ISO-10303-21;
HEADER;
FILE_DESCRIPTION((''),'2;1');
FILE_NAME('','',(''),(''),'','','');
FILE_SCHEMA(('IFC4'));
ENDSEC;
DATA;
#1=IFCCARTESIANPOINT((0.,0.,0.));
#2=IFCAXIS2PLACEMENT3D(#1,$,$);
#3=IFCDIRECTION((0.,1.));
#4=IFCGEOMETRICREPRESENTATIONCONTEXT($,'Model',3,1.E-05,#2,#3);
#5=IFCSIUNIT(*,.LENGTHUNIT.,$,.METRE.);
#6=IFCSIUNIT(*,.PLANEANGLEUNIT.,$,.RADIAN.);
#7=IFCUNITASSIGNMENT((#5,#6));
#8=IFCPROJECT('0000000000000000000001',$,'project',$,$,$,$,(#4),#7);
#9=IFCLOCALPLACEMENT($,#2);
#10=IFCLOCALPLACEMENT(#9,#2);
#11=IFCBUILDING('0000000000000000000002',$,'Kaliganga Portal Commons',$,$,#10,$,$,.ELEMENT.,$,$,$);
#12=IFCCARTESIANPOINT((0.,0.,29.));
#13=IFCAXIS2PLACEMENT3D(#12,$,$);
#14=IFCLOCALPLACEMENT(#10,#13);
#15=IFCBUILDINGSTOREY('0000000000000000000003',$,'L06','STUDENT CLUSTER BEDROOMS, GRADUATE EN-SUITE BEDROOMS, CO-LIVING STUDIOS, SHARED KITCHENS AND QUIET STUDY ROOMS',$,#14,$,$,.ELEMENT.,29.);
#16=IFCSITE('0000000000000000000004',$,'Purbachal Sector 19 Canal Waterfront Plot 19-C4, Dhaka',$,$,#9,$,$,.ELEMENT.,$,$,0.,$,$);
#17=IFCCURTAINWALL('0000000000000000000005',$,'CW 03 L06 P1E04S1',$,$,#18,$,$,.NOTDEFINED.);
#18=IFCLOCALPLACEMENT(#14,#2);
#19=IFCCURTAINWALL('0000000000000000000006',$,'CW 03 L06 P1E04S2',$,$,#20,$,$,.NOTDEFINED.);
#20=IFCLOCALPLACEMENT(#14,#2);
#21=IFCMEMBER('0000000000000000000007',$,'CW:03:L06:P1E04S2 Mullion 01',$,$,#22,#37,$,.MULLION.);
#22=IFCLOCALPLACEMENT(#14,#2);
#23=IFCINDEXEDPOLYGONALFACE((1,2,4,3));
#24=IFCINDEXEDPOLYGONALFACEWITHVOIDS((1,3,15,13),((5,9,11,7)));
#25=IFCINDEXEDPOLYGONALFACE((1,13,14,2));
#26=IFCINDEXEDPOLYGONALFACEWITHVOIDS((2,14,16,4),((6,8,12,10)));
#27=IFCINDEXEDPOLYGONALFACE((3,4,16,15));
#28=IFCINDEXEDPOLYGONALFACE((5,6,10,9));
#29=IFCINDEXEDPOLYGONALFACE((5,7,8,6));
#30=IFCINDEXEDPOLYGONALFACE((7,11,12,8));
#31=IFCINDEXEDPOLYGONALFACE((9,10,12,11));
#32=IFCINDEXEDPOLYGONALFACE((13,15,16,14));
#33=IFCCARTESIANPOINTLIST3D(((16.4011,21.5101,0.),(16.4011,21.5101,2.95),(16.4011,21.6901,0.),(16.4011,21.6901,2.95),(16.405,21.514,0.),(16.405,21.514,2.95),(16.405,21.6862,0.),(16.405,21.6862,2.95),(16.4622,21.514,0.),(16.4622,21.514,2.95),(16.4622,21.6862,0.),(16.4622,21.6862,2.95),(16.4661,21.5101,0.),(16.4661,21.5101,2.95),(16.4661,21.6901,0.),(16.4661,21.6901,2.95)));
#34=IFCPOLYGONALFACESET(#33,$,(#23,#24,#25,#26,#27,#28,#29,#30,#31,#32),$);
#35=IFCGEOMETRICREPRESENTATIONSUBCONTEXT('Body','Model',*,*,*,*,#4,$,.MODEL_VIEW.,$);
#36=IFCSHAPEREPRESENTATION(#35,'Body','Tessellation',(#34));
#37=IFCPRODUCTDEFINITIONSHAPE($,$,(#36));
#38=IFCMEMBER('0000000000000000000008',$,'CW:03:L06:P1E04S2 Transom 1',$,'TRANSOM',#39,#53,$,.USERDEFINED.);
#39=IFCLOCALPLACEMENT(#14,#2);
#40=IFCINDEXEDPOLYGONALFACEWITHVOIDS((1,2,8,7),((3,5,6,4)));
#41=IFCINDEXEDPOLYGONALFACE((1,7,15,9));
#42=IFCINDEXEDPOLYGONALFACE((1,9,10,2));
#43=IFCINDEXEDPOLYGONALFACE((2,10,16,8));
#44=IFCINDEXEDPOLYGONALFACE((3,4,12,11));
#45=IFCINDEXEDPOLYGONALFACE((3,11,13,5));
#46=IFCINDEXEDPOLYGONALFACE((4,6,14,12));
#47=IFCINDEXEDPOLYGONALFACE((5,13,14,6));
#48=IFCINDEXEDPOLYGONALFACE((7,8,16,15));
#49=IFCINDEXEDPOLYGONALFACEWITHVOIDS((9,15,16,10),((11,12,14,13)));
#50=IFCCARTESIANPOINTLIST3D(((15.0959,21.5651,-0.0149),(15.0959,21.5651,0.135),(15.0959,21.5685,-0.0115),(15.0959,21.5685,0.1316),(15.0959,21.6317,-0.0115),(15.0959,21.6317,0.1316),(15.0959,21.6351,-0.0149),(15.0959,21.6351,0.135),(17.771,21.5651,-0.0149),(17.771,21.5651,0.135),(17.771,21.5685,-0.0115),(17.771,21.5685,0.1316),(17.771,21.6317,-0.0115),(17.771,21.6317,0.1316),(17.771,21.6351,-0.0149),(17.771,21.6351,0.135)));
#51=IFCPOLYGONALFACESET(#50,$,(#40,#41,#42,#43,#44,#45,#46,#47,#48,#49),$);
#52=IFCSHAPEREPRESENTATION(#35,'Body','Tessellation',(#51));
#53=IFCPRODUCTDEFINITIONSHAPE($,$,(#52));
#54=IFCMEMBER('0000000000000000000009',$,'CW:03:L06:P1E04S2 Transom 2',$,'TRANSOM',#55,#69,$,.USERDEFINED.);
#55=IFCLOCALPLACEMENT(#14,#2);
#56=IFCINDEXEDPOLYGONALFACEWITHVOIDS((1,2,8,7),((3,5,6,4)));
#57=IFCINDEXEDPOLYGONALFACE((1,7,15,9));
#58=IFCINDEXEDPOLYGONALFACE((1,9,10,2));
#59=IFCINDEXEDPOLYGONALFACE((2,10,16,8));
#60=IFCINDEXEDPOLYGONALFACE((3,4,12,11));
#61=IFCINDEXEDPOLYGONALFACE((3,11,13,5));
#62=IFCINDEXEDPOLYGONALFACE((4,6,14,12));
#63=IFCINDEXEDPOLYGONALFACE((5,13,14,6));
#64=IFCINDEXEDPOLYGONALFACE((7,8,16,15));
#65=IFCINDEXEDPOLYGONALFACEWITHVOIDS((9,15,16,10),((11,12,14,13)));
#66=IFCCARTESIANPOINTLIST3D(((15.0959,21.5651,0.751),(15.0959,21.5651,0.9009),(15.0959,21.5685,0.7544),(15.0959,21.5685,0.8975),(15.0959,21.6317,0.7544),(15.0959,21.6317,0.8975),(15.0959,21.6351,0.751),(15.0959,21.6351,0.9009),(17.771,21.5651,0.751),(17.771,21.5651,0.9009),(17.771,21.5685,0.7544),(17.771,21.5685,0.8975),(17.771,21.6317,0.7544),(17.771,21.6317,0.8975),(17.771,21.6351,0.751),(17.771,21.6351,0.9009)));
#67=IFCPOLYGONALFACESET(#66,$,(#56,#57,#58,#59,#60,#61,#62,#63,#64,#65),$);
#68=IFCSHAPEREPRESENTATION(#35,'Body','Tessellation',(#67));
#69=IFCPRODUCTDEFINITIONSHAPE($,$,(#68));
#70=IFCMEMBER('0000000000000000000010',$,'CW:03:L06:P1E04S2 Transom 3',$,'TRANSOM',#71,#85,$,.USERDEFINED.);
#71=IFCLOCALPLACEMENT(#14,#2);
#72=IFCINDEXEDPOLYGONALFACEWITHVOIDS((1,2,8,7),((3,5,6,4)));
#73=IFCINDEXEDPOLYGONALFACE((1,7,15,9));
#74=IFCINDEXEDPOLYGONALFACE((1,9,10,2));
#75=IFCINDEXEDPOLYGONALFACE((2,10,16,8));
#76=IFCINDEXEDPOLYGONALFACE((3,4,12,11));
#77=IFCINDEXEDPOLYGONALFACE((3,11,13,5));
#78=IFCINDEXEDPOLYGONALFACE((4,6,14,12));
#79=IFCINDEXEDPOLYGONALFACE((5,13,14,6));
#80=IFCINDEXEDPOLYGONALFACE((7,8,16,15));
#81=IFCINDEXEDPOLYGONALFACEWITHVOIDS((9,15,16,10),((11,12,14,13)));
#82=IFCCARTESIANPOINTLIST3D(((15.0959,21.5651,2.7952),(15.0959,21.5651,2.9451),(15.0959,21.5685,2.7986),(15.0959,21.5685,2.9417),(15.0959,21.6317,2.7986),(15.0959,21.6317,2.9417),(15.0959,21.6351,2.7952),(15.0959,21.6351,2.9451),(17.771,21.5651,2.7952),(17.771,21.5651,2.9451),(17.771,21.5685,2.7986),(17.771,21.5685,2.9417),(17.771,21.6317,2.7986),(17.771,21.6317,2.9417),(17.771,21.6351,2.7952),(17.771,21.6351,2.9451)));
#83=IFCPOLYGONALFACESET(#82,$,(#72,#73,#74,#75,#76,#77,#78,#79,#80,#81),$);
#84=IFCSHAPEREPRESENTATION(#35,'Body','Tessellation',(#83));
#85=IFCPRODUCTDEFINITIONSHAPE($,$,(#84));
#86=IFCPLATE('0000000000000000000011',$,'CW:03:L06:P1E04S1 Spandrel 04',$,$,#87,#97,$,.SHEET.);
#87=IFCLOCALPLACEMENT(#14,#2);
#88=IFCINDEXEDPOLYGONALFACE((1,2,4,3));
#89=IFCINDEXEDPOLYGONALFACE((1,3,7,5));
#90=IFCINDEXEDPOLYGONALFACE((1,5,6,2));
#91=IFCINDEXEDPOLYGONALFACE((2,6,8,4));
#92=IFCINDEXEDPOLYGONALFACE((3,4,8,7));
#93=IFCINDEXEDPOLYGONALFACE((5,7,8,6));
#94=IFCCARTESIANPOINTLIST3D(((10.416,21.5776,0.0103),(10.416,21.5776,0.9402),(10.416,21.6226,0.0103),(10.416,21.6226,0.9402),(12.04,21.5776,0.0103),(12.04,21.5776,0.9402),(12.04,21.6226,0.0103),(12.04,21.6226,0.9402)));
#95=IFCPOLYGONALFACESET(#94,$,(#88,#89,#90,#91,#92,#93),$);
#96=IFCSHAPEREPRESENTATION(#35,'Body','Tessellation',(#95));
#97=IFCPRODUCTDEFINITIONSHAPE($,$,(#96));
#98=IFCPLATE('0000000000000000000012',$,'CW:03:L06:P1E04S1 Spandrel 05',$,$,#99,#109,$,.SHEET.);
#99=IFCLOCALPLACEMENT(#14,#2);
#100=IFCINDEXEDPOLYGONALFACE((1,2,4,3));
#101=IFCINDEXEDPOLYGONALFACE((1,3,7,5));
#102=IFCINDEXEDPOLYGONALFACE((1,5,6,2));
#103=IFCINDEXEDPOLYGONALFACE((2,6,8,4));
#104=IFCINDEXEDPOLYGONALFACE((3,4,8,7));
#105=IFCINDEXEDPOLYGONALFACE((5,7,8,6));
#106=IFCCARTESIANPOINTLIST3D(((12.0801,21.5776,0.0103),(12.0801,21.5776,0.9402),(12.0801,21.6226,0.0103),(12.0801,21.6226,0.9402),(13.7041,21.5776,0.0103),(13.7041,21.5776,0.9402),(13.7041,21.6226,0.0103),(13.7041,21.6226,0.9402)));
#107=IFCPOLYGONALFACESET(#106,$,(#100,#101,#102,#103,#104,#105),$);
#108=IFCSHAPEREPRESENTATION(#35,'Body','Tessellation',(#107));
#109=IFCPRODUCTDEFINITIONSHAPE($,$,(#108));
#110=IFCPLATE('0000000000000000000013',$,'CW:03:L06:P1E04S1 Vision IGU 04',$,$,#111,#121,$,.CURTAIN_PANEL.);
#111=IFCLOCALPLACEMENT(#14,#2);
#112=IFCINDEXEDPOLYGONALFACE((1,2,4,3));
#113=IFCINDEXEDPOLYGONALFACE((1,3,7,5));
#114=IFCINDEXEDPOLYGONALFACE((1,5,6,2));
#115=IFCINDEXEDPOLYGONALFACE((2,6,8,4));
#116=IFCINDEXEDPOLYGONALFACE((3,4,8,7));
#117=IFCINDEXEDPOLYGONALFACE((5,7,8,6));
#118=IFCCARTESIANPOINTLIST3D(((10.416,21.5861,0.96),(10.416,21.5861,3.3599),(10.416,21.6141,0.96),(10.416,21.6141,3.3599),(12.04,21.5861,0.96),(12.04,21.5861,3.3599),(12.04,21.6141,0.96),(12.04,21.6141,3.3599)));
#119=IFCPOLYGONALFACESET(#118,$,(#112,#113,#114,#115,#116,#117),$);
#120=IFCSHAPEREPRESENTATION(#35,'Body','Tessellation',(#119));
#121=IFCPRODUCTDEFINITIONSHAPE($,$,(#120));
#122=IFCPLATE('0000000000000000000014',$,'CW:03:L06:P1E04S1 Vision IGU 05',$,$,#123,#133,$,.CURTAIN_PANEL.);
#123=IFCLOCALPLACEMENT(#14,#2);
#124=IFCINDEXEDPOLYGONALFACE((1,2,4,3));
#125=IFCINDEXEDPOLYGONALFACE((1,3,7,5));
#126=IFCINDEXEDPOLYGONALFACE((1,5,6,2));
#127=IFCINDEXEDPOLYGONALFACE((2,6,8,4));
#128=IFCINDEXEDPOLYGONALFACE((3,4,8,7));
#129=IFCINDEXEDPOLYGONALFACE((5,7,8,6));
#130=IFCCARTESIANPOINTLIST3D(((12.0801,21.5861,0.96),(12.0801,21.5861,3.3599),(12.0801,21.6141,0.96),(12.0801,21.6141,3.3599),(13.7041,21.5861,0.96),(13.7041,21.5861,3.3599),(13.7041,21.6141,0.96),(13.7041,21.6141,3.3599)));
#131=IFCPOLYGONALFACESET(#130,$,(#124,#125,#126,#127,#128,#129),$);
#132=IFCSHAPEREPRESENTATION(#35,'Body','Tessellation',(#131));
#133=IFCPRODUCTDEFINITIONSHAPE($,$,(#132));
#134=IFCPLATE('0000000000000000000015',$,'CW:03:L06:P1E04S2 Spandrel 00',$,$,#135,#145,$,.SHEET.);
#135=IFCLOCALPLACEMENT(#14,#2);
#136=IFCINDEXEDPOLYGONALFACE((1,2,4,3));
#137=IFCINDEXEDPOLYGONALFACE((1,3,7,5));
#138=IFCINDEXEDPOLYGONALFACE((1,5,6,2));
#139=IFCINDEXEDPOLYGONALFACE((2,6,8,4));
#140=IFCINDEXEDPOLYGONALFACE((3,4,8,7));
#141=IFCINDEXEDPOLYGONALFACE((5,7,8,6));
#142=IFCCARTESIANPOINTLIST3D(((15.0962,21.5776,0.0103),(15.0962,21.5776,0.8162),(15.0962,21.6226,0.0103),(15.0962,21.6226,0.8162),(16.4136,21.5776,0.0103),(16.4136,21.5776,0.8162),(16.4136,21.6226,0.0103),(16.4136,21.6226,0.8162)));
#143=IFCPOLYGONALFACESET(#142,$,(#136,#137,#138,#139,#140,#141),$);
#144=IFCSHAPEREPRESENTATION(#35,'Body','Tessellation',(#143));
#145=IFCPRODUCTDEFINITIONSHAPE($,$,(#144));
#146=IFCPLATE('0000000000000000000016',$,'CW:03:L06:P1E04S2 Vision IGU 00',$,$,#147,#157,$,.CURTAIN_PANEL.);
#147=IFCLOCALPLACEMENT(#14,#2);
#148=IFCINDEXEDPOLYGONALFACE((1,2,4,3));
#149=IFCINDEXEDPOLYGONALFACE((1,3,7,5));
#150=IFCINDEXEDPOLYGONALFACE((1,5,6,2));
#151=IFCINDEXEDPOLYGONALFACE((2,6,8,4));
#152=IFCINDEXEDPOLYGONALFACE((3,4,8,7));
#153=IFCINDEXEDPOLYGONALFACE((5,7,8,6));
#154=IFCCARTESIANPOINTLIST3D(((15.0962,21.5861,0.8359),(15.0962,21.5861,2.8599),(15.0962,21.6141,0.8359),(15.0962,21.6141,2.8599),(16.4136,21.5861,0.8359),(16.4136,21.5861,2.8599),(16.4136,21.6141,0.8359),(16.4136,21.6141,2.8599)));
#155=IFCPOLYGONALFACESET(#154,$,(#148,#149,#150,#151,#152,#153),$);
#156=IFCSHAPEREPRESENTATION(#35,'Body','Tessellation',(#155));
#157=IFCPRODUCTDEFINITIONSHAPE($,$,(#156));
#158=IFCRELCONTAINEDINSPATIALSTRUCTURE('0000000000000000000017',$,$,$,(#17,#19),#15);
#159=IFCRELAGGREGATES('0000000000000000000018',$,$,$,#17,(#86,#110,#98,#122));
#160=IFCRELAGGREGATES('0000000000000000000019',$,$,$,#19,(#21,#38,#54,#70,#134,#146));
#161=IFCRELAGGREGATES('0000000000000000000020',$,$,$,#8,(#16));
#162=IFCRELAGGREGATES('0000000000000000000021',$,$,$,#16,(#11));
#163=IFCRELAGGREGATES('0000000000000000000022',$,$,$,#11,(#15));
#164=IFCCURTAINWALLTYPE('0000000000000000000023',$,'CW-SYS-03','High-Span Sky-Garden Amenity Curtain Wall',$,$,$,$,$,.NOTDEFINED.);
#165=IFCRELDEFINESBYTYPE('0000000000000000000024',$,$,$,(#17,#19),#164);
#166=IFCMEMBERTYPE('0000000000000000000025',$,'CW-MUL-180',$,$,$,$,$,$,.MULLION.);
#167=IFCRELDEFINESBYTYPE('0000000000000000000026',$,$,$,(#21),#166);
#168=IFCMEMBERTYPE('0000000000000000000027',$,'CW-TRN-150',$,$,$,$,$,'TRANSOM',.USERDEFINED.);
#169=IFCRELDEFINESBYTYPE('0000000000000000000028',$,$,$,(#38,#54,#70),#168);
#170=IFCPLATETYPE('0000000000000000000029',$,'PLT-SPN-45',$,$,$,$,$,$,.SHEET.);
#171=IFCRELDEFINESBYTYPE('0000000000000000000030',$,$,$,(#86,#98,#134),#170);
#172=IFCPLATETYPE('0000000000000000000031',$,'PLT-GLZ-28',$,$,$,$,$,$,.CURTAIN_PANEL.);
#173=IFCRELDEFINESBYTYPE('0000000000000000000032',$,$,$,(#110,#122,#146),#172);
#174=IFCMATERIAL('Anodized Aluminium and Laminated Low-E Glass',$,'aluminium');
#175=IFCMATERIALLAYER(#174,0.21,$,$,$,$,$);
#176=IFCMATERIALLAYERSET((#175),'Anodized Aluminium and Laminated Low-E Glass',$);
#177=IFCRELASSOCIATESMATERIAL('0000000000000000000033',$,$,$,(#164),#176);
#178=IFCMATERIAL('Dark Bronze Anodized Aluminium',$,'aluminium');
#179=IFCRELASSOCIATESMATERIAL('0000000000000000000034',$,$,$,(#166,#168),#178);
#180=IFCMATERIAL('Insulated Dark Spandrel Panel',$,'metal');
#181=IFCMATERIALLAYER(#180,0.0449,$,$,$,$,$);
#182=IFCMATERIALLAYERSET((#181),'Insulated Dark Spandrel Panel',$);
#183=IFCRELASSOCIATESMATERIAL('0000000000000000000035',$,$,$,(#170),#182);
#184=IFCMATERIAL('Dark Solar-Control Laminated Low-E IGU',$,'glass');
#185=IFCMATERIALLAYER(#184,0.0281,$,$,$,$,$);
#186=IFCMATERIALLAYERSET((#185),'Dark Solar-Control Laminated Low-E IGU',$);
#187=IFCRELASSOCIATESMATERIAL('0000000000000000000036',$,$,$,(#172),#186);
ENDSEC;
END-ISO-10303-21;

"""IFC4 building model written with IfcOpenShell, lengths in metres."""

from ifc_helpers import new_model, si_unit, direction, frame, origin, origin_2d, place, context, subcontext, project, spatial, rectangle, hollow_rectangle, extrude, source, transform, mapped, material, layer, layer_set, material_profile, profile_set, type_object, element, aggregate, save


model = new_model("IFC4")

# Units and contexts
model_context = context("Model", 3, precision=1e-05, world=origin(), true_north=direction((0.0, 1.0)))
body_context = subcontext(model_context, "Body", "Model", "MODEL_VIEW")
ifc_project = project(units=[si_unit("LENGTHUNIT", "METRE"), si_unit("PLANEANGLEUNIT", "RADIAN")], contexts=[model_context])

# Site, building, storey
site_placement = place(None, origin())
site = spatial("IfcSite", under=ifc_project, at=site_placement, Name="Purbachal Sector 19 Canal Waterfront Plot 19-C4, Dhaka", CompositionType="ELEMENT", RefElevation=0.0)
building_placement = place(site_placement, origin())
building = spatial("IfcBuilding", under=site, at=building_placement, Name="Kaliganga Portal Commons", CompositionType="ELEMENT")
storey_placement = place(building_placement, frame((0.0, 0.0, 29.0)))
storey = spatial("IfcBuildingStorey", under=building, at=storey_placement, Name="L06", Description="STUDENT CLUSTER BEDROOMS, GRADUATE EN-SUITE BEDROOMS, CO-LIVING STUDIOS, SHARED KITCHENS AND QUIET STUDY ROOMS", CompositionType="ELEMENT", Elevation=29.0)

# Curtain walls, members
ifc_material_1 = material(Name="Anodized Aluminium and Laminated Low-E Glass", Category="aluminium")
ifc_layer_1 = layer(ifc_material_1, 0.21)
ifc_layer_set_1 = layer_set([ifc_layer_1], Name="Anodized Aluminium and Laminated Low-E Glass")
curtain_wall_type = type_object("IfcCurtainWallType", Name="CW-SYS-03", Description="High-Span Sky-Garden Amenity Curtain Wall", PredefinedType="NOTDEFINED", material=ifc_layer_set_1)
curtain_wall_1_placement = place(storey_placement, origin())
curtain_wall_1 = element("IfcCurtainWall", 1, at=curtain_wall_1_placement, inside=storey, type_object=curtain_wall_type, Name="CW 03 L06 P1E04S1", PredefinedType="NOTDEFINED")
ifc_material_2 = material(Name="Dark Bronze Anodized Aluminium", Category="aluminium")
ifc_material_profile_1 = material_profile(ifc_material_2, hollow_rectangle(XDim=0.0649, YDim=0.1799, WallThickness=0.0039, at=origin_2d()), Name="ALU MULL 65x180x4")
ifc_profile_set_1 = profile_set([ifc_material_profile_1], Name="Dark Bronze Anodized Aluminium")
member_type_1 = type_object("IfcMemberType", Name="CW-MUL-180", PredefinedType="MULLION", material=ifc_profile_set_1)
curtain_wall_2_placement = place(storey_placement, origin())
curtain_wall_2 = element("IfcCurtainWall", 2, at=curtain_wall_2_placement, inside=storey, type_object=curtain_wall_type, Name="CW 03 L06 P1E04S2", PredefinedType="NOTDEFINED")
shared_shape_1 = source(origin(), body_context, "Body", "SweptSolid", [
    extrude(hollow_rectangle(XDim=0.0649, YDim=0.1799, WallThickness=0.0039, at=origin_2d()), origin(), (0.0, 0.0, 1.0), 2.95),
])
member_1_placement = place(storey_placement, frame((16.4336, 21.6001, 0.0), z_axis=(0.0, 0.0, 1.0), x_axis=(1.0, 0.0, 0.0)))
member_1 = element("IfcMember", 3, at=member_1_placement, type_object=member_type_1, Name="CW:03:L06:P1E04S2 Mullion 01", PredefinedType="MULLION", context=body_context, shape_type="MappedRepresentation", body=[
    mapped(shared_shape_1, transform((0.0, 0.0, 0.0), x_axis=(1.0, 0.0, 0.0), y_axis=(0.0, 1.0, 0.0), z_axis=(0.0, 0.0, 1.0), scale=1.0)),
])
ifc_material_profile_2 = material_profile(ifc_material_2, hollow_rectangle(XDim=0.0701, YDim=0.1499, WallThickness=0.0034, at=origin_2d()), Name="ALU TRAN 70x150x3.5")
ifc_profile_set_2 = profile_set([ifc_material_profile_2], Name="Dark Bronze Anodized Aluminium")
member_type_2 = type_object("IfcMemberType", Name="CW-TRN-150", ElementType="TRANSOM", PredefinedType="USERDEFINED", material=ifc_profile_set_2)
shared_shape_2 = source(origin(), body_context, "Body", "SweptSolid", [
    extrude(hollow_rectangle(XDim=0.0701, YDim=0.1499, WallThickness=0.0034, at=origin_2d()), origin(), (0.0, 0.0, 1.0), 2.675),
])
member_2_placement = place(storey_placement, frame((15.0959, 21.6001, 0.0601), z_axis=(1.0, 0.0, 0.0), x_axis=(0.0, 1.0, 0.0)))
member_2 = element("IfcMember", 4, at=member_2_placement, type_object=member_type_2, Name="CW:03:L06:P1E04S2 Transom 1", ObjectType="TRANSOM", PredefinedType="USERDEFINED", context=body_context, shape_type="MappedRepresentation", body=[
    mapped(shared_shape_2, transform((0.0, 0.0, 0.0), x_axis=(1.0, 0.0, 0.0), y_axis=(0.0, 1.0, 0.0), z_axis=(0.0, 0.0, 1.0), scale=1.0)),
])
member_3_placement = place(storey_placement, frame((15.0959, 21.6001, 0.8259), z_axis=(1.0, 0.0, 0.0), x_axis=(0.0, 1.0, 0.0)))
member_3 = element("IfcMember", 5, at=member_3_placement, type_object=member_type_2, Name="CW:03:L06:P1E04S2 Transom 2", ObjectType="TRANSOM", PredefinedType="USERDEFINED", context=body_context, shape_type="MappedRepresentation", body=[
    mapped(shared_shape_2, transform((0.0, 0.0, 0.0), x_axis=(1.0, 0.0, 0.0), y_axis=(0.0, 1.0, 0.0), z_axis=(0.0, 0.0, 1.0), scale=1.0)),
])
member_4_placement = place(storey_placement, frame((15.0959, 21.6001, 2.8701), z_axis=(1.0, 0.0, 0.0), x_axis=(0.0, 1.0, 0.0)))
member_4 = element("IfcMember", 6, at=member_4_placement, type_object=member_type_2, Name="CW:03:L06:P1E04S2 Transom 3", ObjectType="TRANSOM", PredefinedType="USERDEFINED", context=body_context, shape_type="MappedRepresentation", body=[
    mapped(shared_shape_2, transform((0.0, 0.0, 0.0), x_axis=(1.0, 0.0, 0.0), y_axis=(0.0, 1.0, 0.0), z_axis=(0.0, 0.0, 1.0), scale=1.0)),
])

# Plates
ifc_material_3 = material(Name="Insulated Dark Spandrel Panel", Category="metal")
ifc_layer_2 = layer(ifc_material_3, 0.0449)
ifc_layer_set_2 = layer_set([ifc_layer_2], Name="Insulated Dark Spandrel Panel")
plate_type_1 = type_object("IfcPlateType", Name="PLT-SPN-45", PredefinedType="SHEET", material=ifc_layer_set_2)
shared_shape_3 = source(origin(), body_context, "Body", "SweptSolid", [
    extrude(rectangle(XDim=1.624, YDim=0.0449, at=origin_2d()), origin(), (0.0, 0.0, 1.0), 0.9299),
])
plate_1_placement = place(storey_placement, frame((11.228, 21.6001, 0.0103), z_axis=(0.0, 0.0, 1.0), x_axis=(1.0, 0.0, 0.0)))
plate_1 = element("IfcPlate", 7, at=plate_1_placement, type_object=plate_type_1, Name="CW:03:L06:P1E04S1 Spandrel 04", PredefinedType="SHEET", context=body_context, shape_type="MappedRepresentation", body=[
    mapped(shared_shape_3, transform((0.0, 0.0, 0.0), x_axis=(1.0, 0.0, 0.0), y_axis=(0.0, 1.0, 0.0), z_axis=(0.0, 0.0, 1.0), scale=1.0)),
])
plate_2_placement = place(storey_placement, frame((12.8921, 21.6001, 0.0103), z_axis=(0.0, 0.0, 1.0), x_axis=(1.0, 0.0, 0.0)))
plate_2 = element("IfcPlate", 8, at=plate_2_placement, type_object=plate_type_1, Name="CW:03:L06:P1E04S1 Spandrel 05", PredefinedType="SHEET", context=body_context, shape_type="MappedRepresentation", body=[
    mapped(shared_shape_3, transform((0.0, 0.0, 0.0), x_axis=(1.0, 0.0, 0.0), y_axis=(0.0, 1.0, 0.0), z_axis=(0.0, 0.0, 1.0), scale=1.0)),
])
ifc_material_4 = material(Name="Dark Solar-Control Laminated Low-E IGU", Category="glass")
ifc_layer_3 = layer(ifc_material_4, 0.0281)
ifc_layer_set_3 = layer_set([ifc_layer_3], Name="Dark Solar-Control Laminated Low-E IGU")
plate_type_2 = type_object("IfcPlateType", Name="PLT-GLZ-28", PredefinedType="CURTAIN_PANEL", material=ifc_layer_set_3)
shared_shape_4 = source(origin(), body_context, "Body", "SweptSolid", [
    extrude(rectangle(XDim=1.624, YDim=0.0281, at=origin_2d()), origin(), (0.0, 0.0, 1.0), 2.3999),
])
plate_3_placement = place(storey_placement, frame((11.228, 21.6001, 0.96), z_axis=(0.0, 0.0, 1.0), x_axis=(1.0, 0.0, 0.0)))
plate_3 = element("IfcPlate", 9, at=plate_3_placement, type_object=plate_type_2, Name="CW:03:L06:P1E04S1 Vision IGU 04", PredefinedType="CURTAIN_PANEL", context=body_context, shape_type="MappedRepresentation", body=[
    mapped(shared_shape_4, transform((0.0, 0.0, 0.0), x_axis=(1.0, 0.0, 0.0), y_axis=(0.0, 1.0, 0.0), z_axis=(0.0, 0.0, 1.0), scale=1.0)),
])
plate_4_placement = place(storey_placement, frame((12.8921, 21.6001, 0.96), z_axis=(0.0, 0.0, 1.0), x_axis=(1.0, 0.0, 0.0)))
plate_4 = element("IfcPlate", 10, at=plate_4_placement, type_object=plate_type_2, Name="CW:03:L06:P1E04S1 Vision IGU 05", PredefinedType="CURTAIN_PANEL", context=body_context, shape_type="MappedRepresentation", body=[
    mapped(shared_shape_4, transform((0.0, 0.0, 0.0), x_axis=(1.0, 0.0, 0.0), y_axis=(0.0, 1.0, 0.0), z_axis=(0.0, 0.0, 1.0), scale=1.0)),
])
aggregate(curtain_wall_1, [plate_1, plate_3, plate_2, plate_4])
shared_shape_5 = source(origin(), body_context, "Body", "SweptSolid", [
    extrude(rectangle(XDim=1.3174, YDim=0.0449, at=origin_2d()), origin(), (0.0, 0.0, 1.0), 0.8059),
])
plate_5_placement = place(storey_placement, frame((15.7549, 21.6001, 0.0103), z_axis=(0.0, 0.0, 1.0), x_axis=(1.0, 0.0, 0.0)))
plate_5 = element("IfcPlate", 11, at=plate_5_placement, type_object=plate_type_1, Name="CW:03:L06:P1E04S2 Spandrel 00", PredefinedType="SHEET", context=body_context, shape_type="MappedRepresentation", body=[
    mapped(shared_shape_5, transform((0.0, 0.0, 0.0), x_axis=(1.0, 0.0, 0.0), y_axis=(0.0, 1.0, 0.0), z_axis=(0.0, 0.0, 1.0), scale=1.0)),
])
shared_shape_6 = source(origin(), body_context, "Body", "SweptSolid", [
    extrude(rectangle(XDim=1.3174, YDim=0.0281, at=origin_2d()), origin(), (0.0, 0.0, 1.0), 2.0239),
])
plate_6_placement = place(storey_placement, frame((15.7549, 21.6001, 0.8359), z_axis=(0.0, 0.0, 1.0), x_axis=(1.0, 0.0, 0.0)))
plate_6 = element("IfcPlate", 12, at=plate_6_placement, type_object=plate_type_2, Name="CW:03:L06:P1E04S2 Vision IGU 00", PredefinedType="CURTAIN_PANEL", context=body_context, shape_type="MappedRepresentation", body=[
    mapped(shared_shape_6, transform((0.0, 0.0, 0.0), x_axis=(1.0, 0.0, 0.0), y_axis=(0.0, 1.0, 0.0), z_axis=(0.0, 0.0, 1.0), scale=1.0)),
])
aggregate(curtain_wall_2, [member_1, member_2, member_3, member_4, plate_5, plate_6])

save(model, "model.ifc")
